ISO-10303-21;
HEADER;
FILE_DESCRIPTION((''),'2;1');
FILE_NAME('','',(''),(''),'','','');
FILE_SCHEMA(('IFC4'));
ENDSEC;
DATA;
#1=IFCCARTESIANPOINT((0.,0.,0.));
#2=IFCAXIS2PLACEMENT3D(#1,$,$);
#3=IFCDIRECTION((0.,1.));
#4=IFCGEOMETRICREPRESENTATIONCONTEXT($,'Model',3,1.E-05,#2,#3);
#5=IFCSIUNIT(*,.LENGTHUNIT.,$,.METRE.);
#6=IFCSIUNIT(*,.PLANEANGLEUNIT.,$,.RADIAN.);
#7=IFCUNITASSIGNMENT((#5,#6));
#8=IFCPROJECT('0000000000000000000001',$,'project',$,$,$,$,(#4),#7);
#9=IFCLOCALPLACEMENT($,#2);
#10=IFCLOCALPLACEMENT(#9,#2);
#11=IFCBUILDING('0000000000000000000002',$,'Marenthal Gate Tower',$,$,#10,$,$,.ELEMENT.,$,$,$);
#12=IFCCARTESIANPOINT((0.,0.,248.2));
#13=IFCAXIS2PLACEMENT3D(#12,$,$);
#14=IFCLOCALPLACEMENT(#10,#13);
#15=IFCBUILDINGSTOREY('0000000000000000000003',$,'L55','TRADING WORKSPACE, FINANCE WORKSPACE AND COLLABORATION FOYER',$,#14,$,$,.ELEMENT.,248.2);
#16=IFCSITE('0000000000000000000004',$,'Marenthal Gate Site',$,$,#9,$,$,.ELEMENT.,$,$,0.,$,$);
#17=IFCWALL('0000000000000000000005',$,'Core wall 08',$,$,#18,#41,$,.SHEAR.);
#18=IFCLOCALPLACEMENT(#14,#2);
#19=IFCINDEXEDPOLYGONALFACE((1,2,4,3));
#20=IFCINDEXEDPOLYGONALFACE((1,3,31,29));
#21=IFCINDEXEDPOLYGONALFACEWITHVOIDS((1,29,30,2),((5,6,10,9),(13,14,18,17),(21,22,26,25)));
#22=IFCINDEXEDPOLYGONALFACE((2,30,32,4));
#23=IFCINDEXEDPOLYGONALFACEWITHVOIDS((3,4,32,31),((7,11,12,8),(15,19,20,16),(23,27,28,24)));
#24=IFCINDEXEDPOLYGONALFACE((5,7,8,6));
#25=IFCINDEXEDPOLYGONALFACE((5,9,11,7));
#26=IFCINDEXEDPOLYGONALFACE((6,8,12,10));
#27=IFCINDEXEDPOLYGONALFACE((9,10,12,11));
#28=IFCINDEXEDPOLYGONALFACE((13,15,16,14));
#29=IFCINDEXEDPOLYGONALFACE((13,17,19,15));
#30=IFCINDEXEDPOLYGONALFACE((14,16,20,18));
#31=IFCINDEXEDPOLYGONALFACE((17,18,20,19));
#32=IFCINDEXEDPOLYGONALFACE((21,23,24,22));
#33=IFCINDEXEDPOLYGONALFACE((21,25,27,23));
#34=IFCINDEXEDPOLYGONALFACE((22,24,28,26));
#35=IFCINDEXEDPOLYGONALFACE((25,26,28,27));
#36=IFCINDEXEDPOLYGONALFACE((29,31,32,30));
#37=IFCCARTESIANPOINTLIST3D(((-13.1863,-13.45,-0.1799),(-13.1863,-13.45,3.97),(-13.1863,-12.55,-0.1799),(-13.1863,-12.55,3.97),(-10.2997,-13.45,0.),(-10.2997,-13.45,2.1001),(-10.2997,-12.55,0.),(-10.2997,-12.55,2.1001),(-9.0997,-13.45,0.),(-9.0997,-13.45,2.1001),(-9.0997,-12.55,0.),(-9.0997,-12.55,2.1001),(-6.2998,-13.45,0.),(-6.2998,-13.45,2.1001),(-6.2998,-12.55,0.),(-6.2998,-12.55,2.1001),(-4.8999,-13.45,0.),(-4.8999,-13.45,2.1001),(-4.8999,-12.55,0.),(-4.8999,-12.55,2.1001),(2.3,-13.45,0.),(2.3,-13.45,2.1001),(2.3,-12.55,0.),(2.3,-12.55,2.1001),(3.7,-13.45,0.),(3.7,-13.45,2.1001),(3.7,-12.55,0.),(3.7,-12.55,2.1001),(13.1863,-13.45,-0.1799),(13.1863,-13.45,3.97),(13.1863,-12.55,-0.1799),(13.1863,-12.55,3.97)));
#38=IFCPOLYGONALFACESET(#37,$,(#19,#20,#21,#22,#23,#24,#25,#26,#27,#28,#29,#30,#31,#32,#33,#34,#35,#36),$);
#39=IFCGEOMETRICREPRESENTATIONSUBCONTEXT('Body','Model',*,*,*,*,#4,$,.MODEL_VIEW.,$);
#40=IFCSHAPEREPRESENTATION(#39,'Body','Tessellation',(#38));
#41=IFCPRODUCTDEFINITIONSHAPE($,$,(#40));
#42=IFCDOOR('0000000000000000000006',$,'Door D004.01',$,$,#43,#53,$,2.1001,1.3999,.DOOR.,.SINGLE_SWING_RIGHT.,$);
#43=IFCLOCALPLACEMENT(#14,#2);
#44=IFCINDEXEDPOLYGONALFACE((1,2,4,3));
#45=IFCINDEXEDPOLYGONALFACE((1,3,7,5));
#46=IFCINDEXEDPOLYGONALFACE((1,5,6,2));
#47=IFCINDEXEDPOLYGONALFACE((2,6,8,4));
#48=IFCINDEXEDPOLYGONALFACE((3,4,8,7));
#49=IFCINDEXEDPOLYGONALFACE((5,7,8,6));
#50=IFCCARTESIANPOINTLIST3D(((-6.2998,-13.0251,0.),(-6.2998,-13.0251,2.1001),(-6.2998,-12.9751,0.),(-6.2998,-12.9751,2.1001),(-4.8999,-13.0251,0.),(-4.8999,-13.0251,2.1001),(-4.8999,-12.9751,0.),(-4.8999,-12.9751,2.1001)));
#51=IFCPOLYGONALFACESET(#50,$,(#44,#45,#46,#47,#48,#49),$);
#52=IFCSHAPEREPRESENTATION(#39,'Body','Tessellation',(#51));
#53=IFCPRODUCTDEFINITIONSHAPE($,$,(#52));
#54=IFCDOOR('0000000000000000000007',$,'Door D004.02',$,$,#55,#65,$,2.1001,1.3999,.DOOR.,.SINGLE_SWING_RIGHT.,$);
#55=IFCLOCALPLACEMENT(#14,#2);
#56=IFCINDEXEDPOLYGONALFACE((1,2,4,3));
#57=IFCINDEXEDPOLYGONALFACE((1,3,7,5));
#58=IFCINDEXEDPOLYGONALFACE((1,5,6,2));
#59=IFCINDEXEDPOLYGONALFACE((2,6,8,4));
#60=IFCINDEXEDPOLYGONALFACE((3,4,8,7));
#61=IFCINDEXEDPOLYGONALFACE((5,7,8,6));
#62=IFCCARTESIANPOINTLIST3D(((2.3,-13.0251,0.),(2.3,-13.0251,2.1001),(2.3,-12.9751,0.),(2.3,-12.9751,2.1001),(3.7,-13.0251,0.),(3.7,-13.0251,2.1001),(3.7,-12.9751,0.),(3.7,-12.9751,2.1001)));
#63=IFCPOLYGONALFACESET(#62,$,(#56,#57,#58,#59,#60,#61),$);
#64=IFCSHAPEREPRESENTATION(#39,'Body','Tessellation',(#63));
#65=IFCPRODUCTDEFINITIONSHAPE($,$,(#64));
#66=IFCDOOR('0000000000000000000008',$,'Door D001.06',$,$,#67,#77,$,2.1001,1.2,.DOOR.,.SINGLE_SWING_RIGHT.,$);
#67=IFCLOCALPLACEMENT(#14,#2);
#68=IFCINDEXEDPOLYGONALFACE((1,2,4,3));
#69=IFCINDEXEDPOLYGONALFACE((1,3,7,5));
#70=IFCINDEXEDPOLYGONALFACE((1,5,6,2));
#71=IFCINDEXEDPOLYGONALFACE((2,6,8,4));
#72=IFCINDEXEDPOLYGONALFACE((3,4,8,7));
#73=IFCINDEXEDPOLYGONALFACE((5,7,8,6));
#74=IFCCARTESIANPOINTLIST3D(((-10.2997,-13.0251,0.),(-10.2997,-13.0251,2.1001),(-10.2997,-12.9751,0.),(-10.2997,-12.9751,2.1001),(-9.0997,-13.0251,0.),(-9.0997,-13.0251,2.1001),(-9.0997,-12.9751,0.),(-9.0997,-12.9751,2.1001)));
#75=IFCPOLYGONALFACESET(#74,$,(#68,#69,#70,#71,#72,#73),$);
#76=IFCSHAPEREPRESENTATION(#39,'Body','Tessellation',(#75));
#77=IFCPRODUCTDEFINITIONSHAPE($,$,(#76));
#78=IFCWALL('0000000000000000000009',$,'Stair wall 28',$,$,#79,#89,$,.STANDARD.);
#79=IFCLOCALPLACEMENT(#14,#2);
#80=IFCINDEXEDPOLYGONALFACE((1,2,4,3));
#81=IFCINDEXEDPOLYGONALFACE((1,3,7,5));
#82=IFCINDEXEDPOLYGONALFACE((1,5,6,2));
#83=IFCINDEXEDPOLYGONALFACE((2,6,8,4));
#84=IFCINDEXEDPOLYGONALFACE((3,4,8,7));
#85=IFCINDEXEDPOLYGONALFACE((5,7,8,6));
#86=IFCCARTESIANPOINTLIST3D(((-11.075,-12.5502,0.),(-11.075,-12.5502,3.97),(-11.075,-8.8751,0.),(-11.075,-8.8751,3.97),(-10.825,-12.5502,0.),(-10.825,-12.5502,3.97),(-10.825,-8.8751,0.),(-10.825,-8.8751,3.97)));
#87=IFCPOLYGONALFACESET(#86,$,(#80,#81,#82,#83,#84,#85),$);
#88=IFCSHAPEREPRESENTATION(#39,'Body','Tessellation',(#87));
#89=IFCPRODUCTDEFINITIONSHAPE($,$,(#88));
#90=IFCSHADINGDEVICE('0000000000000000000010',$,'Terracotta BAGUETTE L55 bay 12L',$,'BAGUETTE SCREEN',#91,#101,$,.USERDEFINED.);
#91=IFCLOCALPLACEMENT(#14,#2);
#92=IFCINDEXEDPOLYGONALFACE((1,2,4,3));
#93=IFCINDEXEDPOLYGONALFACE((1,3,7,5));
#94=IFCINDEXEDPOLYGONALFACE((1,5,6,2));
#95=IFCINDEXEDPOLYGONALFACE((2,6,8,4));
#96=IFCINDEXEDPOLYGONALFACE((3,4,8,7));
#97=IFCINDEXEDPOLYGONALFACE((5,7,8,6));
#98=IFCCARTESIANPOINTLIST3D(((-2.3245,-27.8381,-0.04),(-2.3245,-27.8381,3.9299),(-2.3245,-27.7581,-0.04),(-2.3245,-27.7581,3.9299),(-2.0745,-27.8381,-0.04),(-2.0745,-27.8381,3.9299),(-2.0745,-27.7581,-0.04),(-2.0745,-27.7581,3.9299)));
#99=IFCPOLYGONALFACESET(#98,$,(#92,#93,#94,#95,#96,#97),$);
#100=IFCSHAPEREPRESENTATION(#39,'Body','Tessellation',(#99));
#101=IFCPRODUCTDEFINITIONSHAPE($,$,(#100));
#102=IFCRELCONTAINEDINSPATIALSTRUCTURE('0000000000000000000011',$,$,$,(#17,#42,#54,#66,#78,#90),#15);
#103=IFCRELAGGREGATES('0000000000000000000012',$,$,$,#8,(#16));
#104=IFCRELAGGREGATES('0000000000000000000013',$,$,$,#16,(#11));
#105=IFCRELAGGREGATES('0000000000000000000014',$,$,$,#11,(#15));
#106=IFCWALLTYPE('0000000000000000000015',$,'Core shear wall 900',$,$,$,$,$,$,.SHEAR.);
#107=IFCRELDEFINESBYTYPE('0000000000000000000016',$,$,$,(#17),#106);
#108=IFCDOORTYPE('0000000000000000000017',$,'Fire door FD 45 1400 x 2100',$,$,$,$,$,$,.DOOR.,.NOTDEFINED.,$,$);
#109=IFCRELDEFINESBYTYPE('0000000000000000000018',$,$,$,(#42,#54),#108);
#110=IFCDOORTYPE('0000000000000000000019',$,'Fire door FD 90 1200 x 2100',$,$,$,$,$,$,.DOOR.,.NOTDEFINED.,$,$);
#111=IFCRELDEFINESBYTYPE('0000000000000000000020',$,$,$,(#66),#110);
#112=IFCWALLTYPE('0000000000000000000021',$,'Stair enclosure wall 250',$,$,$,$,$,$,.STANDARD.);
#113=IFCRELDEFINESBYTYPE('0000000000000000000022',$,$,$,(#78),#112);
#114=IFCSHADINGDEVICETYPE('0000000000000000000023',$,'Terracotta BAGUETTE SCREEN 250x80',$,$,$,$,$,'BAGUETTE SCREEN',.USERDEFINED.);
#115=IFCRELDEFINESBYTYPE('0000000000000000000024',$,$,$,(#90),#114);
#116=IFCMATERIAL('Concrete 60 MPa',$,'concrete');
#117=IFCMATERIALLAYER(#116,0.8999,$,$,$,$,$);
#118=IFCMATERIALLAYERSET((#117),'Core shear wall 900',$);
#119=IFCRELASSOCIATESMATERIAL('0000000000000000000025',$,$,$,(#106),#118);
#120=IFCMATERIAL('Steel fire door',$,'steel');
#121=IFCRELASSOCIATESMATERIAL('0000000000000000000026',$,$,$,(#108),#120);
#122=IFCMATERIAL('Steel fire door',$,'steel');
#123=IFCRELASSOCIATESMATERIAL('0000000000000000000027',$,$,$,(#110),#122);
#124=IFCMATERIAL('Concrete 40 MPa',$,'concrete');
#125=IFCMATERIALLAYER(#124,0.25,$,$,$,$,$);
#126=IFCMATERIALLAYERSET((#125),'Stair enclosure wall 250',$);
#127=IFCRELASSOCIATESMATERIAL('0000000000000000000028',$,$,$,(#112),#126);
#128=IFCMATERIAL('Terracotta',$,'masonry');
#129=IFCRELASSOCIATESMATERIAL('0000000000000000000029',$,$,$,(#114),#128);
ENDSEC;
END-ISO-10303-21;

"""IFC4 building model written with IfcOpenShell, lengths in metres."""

from ifc_helpers import new_model, si_unit, direction, frame, frame_2d, origin, origin_2d, place, context, subcontext, project, spatial, rectangle, extrude, material, layer, layer_set, material_profile, profile_set, type_object, element, fill, save


model = new_model("IFC4")

# Units and contexts
model_context = context("Model", 3, precision=1e-05, world=origin(), true_north=direction((0.0, 1.0)))
body_context = subcontext(model_context, "Body", "Model", "MODEL_VIEW")
ifc_project = project(units=[si_unit("LENGTHUNIT", "METRE"), si_unit("PLANEANGLEUNIT", "RADIAN")], contexts=[model_context])

# Site, building, storey
site_placement = place(None, origin())
site = spatial("IfcSite", under=ifc_project, at=site_placement, Name="Marenthal Gate Site", CompositionType="ELEMENT", RefElevation=0.0)
building_placement = place(site_placement, origin())
building = spatial("IfcBuilding", under=site, at=building_placement, Name="Marenthal Gate Tower", CompositionType="ELEMENT")
storey_placement = place(building_placement, frame((0.0, 0.0, 248.2)))
storey = spatial("IfcBuildingStorey", under=building, at=storey_placement, Name="L55", Description="TRADING WORKSPACE, FINANCE WORKSPACE AND COLLABORATION FOYER", CompositionType="ELEMENT", Elevation=248.2)

# Wall, openings, doors
ifc_material_1 = material(Name="Concrete 60 MPa", Category="concrete")
ifc_layer_1 = layer(ifc_material_1, 0.8999)
ifc_layer_set_1 = layer_set([ifc_layer_1], Name="Core shear wall 900")
wall_type_1 = type_object("IfcWallType", Name="Core shear wall 900", PredefinedType="SHEAR", material=ifc_layer_set_1)
wall_1_placement = place(storey_placement, frame((-13.1863, -13.0, -0.1799), z_axis=(0.0, 0.0, 1.0), x_axis=(1.0, 0.0, 0.0)))
wall_1 = element("IfcWall", 1, at=wall_1_placement, inside=storey, type_object=wall_type_1, Name="Core wall 08", PredefinedType="SHEAR", context=body_context, shape_type="SweptSolid", body=[
    extrude(rectangle(XDim=26.3726, YDim=0.8999, at=frame_2d((13.1863, 0.0))), origin(), (0.0, 0.0, 1.0), 4.1499),
])
opening_1_placement = place(wall_1_placement, frame((2.8865, 0.0, 0.1799)))
opening_1 = element("IfcOpeningElement", 2, at=opening_1_placement, cuts=wall_1, PredefinedType="OPENING", context=body_context, shape_type="SweptSolid", body=[
    extrude(rectangle(XDim=1.2, YDim=2.1001, at=frame_2d((0.6001, 1.05))), frame((0.0, 0.46, 0.0), z_axis=(0.0, -1.0, 0.0), x_axis=(1.0, 0.0, 0.0)), (0.0, 0.0, 1.0), 0.9199),
])
opening_2_placement = place(wall_1_placement, frame((6.8865, 0.0, 0.1799)))
opening_2 = element("IfcOpeningElement", 3, at=opening_2_placement, cuts=wall_1, PredefinedType="OPENING", context=body_context, shape_type="SweptSolid", body=[
    extrude(rectangle(XDim=1.3999, YDim=2.1001, at=frame_2d((0.7, 1.05))), frame((0.0, 0.46, 0.0), z_axis=(0.0, -1.0, 0.0), x_axis=(1.0, 0.0, 0.0)), (0.0, 0.0, 1.0), 0.9199),
])
opening_3_placement = place(wall_1_placement, frame((15.4863, 0.0, 0.1799)))
opening_3 = element("IfcOpeningElement", 4, at=opening_3_placement, cuts=wall_1, PredefinedType="OPENING", context=body_context, shape_type="SweptSolid", body=[
    extrude(rectangle(XDim=1.3999, YDim=2.1001, at=frame_2d((0.7, 1.05))), frame((0.0, 0.46, 0.0), z_axis=(0.0, -1.0, 0.0), x_axis=(1.0, 0.0, 0.0)), (0.0, 0.0, 1.0), 0.9199),
])
ifc_material_2 = material(Name="Steel fire door", Category="steel")
door_type_1 = type_object("IfcDoorType", Name="Fire door FD 45 1400 x 2100", OperationType="NOTDEFINED", PredefinedType="DOOR", material=ifc_material_2)
door_1_placement = place(opening_2_placement, origin())
door_1 = element("IfcDoor", 5, at=door_1_placement, inside=storey, type_object=door_type_1, Name="Door D004.01", OperationType="SINGLE_SWING_RIGHT", OverallHeight=2.1001, OverallWidth=1.3999, PredefinedType="DOOR", context=body_context, shape_type="SweptSolid", body=[
    extrude(rectangle(XDim=1.3999, YDim=2.1001, at=frame_2d((0.7, 1.05))), frame((0.0, 0.0249, 0.0), z_axis=(0.0, -1.0, 0.0), x_axis=(1.0, 0.0, 0.0)), (0.0, 0.0, 1.0), 0.05),
])
fill(opening_2, door_1)
door_2_placement = place(opening_3_placement, origin())
door_2 = element("IfcDoor", 6, at=door_2_placement, inside=storey, type_object=door_type_1, Name="Door D004.02", OperationType="SINGLE_SWING_RIGHT", OverallHeight=2.1001, OverallWidth=1.3999, PredefinedType="DOOR", context=body_context, shape_type="SweptSolid", body=[
    extrude(rectangle(XDim=1.3999, YDim=2.1001, at=frame_2d((0.7, 1.05))), frame((0.0, 0.0249, 0.0), z_axis=(0.0, -1.0, 0.0), x_axis=(1.0, 0.0, 0.0)), (0.0, 0.0, 1.0), 0.05),
])
fill(opening_3, door_2)
ifc_material_3 = material(Name="Steel fire door", Category="steel")
door_type_2 = type_object("IfcDoorType", Name="Fire door FD 90 1200 x 2100", OperationType="NOTDEFINED", PredefinedType="DOOR", material=ifc_material_3)
door_3_placement = place(opening_1_placement, origin())
door_3 = element("IfcDoor", 7, at=door_3_placement, inside=storey, type_object=door_type_2, Name="Door D001.06", OperationType="SINGLE_SWING_RIGHT", OverallHeight=2.1001, OverallWidth=1.2, PredefinedType="DOOR", context=body_context, shape_type="SweptSolid", body=[
    extrude(rectangle(XDim=1.2, YDim=2.1001, at=frame_2d((0.6001, 1.05))), frame((0.0, 0.0249, 0.0), z_axis=(0.0, -1.0, 0.0), x_axis=(1.0, 0.0, 0.0)), (0.0, 0.0, 1.0), 0.05),
])
fill(opening_1, door_3)

# Wall
ifc_material_4 = material(Name="Concrete 40 MPa", Category="concrete")
ifc_layer_2 = layer(ifc_material_4, 0.25)
ifc_layer_set_2 = layer_set([ifc_layer_2], Name="Stair enclosure wall 250")
wall_type_2 = type_object("IfcWallType", Name="Stair enclosure wall 250", PredefinedType="STANDARD", material=ifc_layer_set_2)
wall_2_placement = place(storey_placement, frame((-10.95, -12.55, 0.0), z_axis=(0.0, 0.0, 1.0), x_axis=(0.0, 1.0, 0.0)))
element("IfcWall", 8, at=wall_2_placement, inside=storey, type_object=wall_type_2, Name="Stair wall 28", PredefinedType="STANDARD", context=body_context, shape_type="SweptSolid", body=[
    extrude(rectangle(XDim=3.675, YDim=0.25, at=frame_2d((1.8374, 0.0))), origin(), (0.0, 0.0, 1.0), 3.97),
])

# Shading device
ifc_material_5 = material(Name="Terracotta", Category="masonry")
ifc_material_profile_1 = material_profile(ifc_material_5, rectangle(XDim=0.25, YDim=0.0801, at=origin_2d()), Name="Terracotta baguette 250x80")
ifc_profile_set_1 = profile_set([ifc_material_profile_1], Name="Terracotta")
shading_device_type = type_object("IfcShadingDeviceType", Name="Terracotta BAGUETTE SCREEN 250x80", ElementType="BAGUETTE SCREEN", PredefinedType="USERDEFINED", material=ifc_profile_set_1)
shading_device_placement = place(storey_placement, frame((-2.1995, -27.7981, -0.04), z_axis=(0.0, 0.0, 1.0), x_axis=(1.0, 0.0, 0.0)))
element("IfcShadingDevice", 9, at=shading_device_placement, inside=storey, type_object=shading_device_type, Name="Terracotta BAGUETTE L55 bay 12L", ObjectType="BAGUETTE SCREEN", PredefinedType="USERDEFINED", context=body_context, shape_type="SweptSolid", body=[
    extrude(rectangle(XDim=0.25, YDim=0.0801, at=origin_2d()), origin(), (0.0, 0.0, 1.0), 3.97),
])

save(model, "model.ifc")
